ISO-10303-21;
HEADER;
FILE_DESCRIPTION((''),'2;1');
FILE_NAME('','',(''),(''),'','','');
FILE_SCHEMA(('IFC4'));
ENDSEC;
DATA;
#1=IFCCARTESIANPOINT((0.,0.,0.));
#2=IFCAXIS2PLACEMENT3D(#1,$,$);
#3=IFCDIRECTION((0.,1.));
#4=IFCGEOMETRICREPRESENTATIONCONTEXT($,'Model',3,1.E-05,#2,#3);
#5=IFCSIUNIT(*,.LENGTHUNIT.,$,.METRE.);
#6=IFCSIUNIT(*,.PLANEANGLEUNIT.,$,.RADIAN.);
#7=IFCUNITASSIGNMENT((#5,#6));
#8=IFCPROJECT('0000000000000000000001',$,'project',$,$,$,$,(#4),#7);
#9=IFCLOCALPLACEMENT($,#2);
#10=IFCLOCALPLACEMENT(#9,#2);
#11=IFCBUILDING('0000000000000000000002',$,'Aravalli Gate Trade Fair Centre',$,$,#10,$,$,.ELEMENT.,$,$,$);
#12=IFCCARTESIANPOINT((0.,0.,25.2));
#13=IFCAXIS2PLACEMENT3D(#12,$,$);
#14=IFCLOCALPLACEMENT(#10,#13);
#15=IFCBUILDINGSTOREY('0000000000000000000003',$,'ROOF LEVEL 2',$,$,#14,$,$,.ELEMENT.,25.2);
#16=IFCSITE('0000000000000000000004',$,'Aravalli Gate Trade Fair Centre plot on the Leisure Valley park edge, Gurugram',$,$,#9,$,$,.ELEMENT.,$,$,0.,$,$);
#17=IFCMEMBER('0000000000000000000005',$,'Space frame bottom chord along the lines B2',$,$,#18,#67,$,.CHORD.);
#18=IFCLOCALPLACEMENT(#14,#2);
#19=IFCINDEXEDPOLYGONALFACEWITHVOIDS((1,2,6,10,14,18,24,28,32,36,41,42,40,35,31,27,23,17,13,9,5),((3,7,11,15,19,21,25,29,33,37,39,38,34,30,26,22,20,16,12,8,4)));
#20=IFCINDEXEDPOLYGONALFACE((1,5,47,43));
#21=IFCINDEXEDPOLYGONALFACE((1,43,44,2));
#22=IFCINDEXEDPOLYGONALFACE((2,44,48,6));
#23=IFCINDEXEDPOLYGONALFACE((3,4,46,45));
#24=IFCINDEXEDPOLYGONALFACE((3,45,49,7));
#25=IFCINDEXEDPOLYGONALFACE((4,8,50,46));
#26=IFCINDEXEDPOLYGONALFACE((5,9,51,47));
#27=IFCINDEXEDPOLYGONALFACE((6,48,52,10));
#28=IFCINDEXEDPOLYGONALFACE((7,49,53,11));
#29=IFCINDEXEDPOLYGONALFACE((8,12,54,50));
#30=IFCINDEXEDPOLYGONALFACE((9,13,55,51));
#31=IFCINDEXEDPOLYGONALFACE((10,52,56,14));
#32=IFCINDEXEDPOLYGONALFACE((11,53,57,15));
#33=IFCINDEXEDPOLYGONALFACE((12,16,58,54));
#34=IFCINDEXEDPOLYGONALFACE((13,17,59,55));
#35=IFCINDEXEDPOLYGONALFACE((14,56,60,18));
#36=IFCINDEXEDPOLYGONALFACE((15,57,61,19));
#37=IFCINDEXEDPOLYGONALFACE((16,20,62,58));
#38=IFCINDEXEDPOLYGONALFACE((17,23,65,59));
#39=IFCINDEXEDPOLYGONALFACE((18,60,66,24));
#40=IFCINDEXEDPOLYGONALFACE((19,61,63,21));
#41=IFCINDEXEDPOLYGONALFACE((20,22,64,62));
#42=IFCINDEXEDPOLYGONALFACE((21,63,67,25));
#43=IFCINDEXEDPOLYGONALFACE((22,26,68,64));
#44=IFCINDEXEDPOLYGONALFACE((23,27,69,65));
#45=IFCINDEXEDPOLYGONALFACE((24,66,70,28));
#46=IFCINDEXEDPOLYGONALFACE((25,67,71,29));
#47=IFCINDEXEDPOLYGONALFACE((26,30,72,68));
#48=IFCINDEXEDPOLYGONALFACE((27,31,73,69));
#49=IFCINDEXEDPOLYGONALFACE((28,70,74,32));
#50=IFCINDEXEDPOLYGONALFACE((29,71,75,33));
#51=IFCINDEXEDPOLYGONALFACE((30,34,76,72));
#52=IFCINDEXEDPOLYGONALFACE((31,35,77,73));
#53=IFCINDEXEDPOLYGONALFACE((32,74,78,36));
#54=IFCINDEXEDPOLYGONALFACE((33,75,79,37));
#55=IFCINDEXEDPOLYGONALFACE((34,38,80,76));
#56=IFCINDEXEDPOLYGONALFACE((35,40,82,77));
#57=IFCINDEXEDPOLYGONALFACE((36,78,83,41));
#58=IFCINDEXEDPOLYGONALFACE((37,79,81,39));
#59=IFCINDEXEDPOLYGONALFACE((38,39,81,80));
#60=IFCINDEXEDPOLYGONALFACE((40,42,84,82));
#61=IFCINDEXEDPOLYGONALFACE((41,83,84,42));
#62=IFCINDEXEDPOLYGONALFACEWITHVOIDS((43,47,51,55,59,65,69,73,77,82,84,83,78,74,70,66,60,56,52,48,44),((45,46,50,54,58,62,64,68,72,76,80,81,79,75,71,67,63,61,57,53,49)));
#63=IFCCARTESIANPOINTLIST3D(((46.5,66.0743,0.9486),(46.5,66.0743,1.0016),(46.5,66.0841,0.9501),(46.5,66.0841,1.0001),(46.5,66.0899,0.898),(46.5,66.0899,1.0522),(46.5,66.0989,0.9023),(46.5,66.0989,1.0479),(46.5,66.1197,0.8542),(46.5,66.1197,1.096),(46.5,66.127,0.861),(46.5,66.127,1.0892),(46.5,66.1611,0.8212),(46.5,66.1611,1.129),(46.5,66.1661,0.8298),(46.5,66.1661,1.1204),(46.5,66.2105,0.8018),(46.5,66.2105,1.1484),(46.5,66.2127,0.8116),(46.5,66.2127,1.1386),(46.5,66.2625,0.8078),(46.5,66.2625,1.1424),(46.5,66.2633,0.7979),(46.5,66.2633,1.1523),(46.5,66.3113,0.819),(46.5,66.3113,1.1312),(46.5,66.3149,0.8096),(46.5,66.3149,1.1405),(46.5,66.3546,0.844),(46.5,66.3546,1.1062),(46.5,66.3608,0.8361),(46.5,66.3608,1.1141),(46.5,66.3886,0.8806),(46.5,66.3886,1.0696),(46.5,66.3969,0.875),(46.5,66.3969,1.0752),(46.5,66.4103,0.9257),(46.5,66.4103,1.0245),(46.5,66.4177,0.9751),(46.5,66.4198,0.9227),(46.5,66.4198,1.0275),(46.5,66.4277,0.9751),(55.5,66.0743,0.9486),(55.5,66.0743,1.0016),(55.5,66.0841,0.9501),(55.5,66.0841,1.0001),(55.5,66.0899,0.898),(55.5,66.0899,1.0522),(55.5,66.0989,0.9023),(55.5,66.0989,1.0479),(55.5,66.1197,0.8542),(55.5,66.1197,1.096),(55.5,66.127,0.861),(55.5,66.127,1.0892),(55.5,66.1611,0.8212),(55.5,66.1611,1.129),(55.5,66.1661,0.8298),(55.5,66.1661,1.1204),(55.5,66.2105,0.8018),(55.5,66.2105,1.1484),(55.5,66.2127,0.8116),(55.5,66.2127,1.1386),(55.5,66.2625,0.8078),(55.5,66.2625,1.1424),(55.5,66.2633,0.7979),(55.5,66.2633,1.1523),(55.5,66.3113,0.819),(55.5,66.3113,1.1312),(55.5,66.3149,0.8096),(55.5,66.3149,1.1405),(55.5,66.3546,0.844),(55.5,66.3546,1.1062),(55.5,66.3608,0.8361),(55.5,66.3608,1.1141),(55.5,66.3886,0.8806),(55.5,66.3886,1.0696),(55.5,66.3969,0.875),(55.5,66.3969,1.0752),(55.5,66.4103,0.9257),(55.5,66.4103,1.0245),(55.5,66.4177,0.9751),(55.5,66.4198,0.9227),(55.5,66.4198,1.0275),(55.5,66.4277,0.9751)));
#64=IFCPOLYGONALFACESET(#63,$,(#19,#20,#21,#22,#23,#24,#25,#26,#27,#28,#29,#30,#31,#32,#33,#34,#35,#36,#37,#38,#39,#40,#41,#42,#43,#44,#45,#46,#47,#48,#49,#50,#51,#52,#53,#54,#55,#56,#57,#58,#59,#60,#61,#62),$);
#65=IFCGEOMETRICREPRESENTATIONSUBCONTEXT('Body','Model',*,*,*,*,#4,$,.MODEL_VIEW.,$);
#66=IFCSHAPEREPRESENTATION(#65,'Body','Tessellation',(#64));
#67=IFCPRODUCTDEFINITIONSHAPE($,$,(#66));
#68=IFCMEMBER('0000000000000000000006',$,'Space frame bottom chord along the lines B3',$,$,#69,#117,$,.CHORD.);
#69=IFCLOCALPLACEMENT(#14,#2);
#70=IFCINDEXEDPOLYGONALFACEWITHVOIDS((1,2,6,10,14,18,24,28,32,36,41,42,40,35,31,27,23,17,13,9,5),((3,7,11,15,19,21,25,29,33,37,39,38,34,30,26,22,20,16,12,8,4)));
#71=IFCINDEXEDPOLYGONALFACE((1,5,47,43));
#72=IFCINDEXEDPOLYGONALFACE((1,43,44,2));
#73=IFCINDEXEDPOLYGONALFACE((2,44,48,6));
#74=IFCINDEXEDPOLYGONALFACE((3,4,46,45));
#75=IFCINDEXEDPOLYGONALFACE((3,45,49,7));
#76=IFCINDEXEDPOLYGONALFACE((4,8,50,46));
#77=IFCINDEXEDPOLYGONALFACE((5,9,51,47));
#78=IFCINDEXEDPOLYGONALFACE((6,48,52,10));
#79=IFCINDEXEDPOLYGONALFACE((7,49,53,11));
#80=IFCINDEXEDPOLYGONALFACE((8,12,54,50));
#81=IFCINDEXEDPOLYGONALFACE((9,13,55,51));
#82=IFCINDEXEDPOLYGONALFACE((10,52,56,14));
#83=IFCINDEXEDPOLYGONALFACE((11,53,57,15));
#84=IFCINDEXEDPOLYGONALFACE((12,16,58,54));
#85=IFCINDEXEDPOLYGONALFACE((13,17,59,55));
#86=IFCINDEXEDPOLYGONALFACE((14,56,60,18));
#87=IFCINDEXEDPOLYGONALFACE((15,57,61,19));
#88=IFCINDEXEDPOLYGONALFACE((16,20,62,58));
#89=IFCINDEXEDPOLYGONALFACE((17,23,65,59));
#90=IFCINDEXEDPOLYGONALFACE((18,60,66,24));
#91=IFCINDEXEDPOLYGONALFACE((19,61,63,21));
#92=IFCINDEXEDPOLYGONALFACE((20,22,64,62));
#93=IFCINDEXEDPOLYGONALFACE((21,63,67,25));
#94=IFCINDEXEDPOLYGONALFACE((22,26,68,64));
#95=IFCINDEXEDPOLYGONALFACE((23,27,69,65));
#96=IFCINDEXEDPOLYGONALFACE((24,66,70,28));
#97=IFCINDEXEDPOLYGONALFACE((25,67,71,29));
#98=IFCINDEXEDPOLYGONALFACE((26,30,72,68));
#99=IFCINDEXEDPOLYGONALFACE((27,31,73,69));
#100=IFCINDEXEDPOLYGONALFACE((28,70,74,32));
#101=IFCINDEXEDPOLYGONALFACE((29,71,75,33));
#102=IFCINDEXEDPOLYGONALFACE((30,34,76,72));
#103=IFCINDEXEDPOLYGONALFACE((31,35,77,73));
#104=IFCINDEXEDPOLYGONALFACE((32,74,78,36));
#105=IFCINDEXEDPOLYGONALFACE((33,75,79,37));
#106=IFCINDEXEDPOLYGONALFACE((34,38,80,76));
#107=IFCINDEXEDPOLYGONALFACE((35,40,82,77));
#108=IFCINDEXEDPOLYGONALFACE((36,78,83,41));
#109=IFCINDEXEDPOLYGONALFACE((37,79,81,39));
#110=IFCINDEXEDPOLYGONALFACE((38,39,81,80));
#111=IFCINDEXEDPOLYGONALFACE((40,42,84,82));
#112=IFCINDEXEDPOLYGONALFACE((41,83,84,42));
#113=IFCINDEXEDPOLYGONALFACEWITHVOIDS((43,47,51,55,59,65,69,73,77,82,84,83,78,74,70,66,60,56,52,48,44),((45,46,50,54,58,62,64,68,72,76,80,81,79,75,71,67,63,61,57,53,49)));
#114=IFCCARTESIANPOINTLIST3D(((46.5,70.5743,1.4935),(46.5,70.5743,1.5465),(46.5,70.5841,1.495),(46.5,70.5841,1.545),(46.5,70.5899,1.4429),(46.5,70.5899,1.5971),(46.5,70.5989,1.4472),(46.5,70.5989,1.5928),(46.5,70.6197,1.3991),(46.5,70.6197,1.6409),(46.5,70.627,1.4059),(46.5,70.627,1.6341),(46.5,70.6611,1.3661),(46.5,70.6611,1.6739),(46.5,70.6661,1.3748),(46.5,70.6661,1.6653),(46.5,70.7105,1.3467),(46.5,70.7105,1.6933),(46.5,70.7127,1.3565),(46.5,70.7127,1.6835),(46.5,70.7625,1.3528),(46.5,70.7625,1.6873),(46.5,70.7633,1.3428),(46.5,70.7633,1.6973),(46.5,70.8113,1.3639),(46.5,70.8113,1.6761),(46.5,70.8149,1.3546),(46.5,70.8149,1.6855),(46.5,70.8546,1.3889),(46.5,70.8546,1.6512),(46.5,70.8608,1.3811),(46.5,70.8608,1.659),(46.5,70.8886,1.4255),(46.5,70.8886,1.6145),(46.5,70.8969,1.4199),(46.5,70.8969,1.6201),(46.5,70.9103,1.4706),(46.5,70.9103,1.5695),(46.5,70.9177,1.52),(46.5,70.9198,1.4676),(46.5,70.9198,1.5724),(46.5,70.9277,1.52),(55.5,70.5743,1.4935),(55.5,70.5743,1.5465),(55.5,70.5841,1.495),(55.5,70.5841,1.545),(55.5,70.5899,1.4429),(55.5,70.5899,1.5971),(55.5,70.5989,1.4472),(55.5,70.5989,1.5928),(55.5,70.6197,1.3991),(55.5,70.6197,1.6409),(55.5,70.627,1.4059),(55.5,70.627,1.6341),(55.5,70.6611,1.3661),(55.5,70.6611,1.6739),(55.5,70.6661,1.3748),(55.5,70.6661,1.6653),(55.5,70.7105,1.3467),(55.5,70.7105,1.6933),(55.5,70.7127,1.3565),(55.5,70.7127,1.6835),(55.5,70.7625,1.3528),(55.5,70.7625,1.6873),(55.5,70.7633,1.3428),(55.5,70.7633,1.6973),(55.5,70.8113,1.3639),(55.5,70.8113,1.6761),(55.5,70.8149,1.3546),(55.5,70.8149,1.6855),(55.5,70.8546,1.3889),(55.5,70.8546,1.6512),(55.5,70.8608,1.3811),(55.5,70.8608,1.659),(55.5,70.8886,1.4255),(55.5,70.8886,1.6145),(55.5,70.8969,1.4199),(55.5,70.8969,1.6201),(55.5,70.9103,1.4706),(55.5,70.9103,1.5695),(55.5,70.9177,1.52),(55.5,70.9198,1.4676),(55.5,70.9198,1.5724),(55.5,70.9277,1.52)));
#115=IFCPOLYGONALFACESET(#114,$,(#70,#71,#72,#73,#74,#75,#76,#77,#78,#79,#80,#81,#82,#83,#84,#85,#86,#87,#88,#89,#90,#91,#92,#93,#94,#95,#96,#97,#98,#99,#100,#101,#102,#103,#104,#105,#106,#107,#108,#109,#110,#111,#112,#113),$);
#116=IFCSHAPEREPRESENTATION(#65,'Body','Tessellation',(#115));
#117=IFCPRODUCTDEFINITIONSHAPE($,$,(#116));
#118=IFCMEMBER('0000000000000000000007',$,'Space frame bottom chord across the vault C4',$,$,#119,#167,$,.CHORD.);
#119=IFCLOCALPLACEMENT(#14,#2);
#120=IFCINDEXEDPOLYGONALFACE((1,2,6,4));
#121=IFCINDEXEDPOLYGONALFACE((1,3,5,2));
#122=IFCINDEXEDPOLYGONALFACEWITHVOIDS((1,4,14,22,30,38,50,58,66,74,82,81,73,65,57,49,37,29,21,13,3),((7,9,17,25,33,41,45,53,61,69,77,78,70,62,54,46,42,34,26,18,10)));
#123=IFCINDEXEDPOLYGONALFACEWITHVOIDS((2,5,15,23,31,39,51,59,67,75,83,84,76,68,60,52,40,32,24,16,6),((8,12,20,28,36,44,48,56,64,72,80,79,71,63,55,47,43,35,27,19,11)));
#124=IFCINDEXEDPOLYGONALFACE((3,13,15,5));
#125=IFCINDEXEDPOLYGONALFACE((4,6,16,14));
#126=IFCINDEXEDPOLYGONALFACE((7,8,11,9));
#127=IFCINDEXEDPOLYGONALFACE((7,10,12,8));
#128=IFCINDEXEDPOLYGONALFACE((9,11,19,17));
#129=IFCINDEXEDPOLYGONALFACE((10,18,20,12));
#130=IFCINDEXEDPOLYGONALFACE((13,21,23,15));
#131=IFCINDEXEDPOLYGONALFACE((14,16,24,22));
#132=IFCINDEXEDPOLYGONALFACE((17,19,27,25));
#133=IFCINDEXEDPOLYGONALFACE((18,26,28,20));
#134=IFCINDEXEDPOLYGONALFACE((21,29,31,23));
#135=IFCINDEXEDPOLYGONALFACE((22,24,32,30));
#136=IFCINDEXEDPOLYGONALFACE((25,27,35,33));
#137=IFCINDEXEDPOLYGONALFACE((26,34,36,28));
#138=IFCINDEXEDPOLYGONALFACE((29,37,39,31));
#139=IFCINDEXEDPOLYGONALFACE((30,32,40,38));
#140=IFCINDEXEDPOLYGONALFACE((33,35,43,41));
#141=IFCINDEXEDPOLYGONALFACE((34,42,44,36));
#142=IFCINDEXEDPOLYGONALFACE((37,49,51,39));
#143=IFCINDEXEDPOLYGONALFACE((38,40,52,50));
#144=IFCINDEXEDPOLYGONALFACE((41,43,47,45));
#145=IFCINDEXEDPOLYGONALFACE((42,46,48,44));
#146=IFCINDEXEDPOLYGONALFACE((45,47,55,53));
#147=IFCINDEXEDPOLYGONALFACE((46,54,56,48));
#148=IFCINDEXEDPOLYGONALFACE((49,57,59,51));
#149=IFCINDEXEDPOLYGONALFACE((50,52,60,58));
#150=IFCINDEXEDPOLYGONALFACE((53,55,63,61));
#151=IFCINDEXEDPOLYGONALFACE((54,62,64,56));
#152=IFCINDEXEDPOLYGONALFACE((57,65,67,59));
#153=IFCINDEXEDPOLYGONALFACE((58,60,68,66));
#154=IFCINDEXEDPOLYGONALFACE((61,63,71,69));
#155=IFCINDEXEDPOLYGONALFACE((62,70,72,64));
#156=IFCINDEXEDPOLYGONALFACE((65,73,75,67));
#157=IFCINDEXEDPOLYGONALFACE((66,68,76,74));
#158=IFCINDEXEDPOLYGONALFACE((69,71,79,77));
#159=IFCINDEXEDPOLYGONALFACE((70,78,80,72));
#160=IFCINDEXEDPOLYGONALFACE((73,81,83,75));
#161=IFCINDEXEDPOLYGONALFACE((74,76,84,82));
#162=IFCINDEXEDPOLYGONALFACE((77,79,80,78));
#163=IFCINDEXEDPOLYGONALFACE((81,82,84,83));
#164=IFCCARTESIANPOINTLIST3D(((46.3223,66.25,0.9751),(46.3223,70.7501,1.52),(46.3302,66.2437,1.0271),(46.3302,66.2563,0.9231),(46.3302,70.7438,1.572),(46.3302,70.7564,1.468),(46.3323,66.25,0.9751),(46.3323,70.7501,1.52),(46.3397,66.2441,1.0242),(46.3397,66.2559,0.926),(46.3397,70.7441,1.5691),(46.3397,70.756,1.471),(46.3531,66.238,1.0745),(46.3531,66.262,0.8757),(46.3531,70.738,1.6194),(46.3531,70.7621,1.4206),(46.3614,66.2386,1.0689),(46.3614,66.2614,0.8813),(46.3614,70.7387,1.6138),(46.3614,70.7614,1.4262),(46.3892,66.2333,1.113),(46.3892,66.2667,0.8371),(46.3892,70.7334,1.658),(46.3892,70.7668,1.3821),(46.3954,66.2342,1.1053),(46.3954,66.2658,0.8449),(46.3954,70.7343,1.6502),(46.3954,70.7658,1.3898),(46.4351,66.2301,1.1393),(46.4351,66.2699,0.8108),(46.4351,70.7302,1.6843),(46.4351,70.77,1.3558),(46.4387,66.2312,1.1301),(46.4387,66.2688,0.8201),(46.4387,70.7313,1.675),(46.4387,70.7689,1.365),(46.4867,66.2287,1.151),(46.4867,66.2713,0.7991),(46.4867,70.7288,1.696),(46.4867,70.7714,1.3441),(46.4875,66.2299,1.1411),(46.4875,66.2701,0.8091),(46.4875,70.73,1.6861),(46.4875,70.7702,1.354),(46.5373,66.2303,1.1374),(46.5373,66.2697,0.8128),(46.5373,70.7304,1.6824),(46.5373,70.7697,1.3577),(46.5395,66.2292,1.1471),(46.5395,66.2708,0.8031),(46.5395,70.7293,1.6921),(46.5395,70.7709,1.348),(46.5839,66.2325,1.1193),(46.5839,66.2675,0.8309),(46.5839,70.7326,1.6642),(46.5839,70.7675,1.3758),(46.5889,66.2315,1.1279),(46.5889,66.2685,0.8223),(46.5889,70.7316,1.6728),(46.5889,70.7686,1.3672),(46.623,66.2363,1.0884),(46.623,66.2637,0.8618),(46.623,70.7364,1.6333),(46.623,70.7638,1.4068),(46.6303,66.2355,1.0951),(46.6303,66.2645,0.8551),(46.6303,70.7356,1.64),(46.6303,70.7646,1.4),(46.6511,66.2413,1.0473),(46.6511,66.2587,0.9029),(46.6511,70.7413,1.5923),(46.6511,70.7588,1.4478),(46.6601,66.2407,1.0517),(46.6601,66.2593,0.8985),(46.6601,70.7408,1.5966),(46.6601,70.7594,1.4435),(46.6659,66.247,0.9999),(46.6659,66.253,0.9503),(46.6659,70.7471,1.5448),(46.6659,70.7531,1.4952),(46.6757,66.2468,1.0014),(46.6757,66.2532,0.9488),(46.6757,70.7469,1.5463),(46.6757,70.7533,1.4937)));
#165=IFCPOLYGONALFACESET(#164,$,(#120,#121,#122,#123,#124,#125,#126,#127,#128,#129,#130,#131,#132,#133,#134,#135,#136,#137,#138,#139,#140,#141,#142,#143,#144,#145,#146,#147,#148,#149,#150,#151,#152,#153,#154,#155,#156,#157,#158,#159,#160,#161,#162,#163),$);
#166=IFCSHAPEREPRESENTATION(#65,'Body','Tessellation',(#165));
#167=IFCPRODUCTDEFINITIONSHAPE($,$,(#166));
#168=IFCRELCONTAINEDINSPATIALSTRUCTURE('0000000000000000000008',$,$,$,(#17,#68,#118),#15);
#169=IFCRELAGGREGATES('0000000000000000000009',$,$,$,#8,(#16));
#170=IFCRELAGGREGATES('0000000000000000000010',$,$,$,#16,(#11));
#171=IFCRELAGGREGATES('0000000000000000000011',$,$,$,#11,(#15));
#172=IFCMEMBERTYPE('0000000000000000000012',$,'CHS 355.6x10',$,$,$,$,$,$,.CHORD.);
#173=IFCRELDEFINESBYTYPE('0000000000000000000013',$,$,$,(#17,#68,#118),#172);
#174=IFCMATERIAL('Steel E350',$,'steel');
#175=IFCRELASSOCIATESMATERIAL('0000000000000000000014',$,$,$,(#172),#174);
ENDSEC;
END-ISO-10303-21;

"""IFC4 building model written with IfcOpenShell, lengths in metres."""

from ifc_helpers import new_model, si_unit, direction, frame, origin, origin_2d, place, context, subcontext, project, spatial, hollow_circle, extrude, material, material_profile, profile_set, type_object, element, save


model = new_model("IFC4")

# Units and contexts
model_context = context("Model", 3, precision=1e-05, world=origin(), true_north=direction((0.0, 1.0)))
body_context = subcontext(model_context, "Body", "Model", "MODEL_VIEW")
ifc_project = project(units=[si_unit("LENGTHUNIT", "METRE"), si_unit("PLANEANGLEUNIT", "RADIAN")], contexts=[model_context])

# Site, building, storey
site_placement = place(None, origin())
site = spatial("IfcSite", under=ifc_project, at=site_placement, Name="Aravalli Gate Trade Fair Centre plot on the Leisure Valley park edge, Gurugram", CompositionType="ELEMENT", RefElevation=0.0)
building_placement = place(site_placement, origin())
building = spatial("IfcBuilding", under=site, at=building_placement, Name="Aravalli Gate Trade Fair Centre", CompositionType="ELEMENT")
storey_placement = place(building_placement, frame((0.0, 0.0, 25.2)))
storey = spatial("IfcBuildingStorey", under=building, at=storey_placement, Name="ROOF LEVEL 2", CompositionType="ELEMENT", Elevation=25.2)

# Members
ifc_material_1 = material(Name="Steel E350", Category="steel")
ifc_material_profile_1 = material_profile(ifc_material_1, hollow_circle(Radius=0.1777, WallThickness=0.01, at=origin_2d()), Name="CHS 355.6x10")
ifc_profile_set_1 = profile_set([ifc_material_profile_1], Name="Steel E350")
member_type_1 = type_object("IfcMemberType", Name="CHS 355.6x10", PredefinedType="CHORD", material=ifc_profile_set_1)
for number, where, z_axis, x_axis, name in (
    (1, (46.5, 66.25, 0.9751), (1.0, 0.0, 0.0), (0.0, 1.0, 0.0), "Space frame bottom chord along the lines B2"),
    (2, (46.5, 70.75, 1.52), (1.0, 0.0, 0.0), (0.0, 1.0, 0.0), "Space frame bottom chord along the lines B3"),
):
    element("IfcMember", number, at=place(storey_placement, frame(where, z_axis=z_axis, x_axis=x_axis)), inside=storey, type_object=member_type_1, Name=name, PredefinedType="CHORD", context=body_context, shape_type="SweptSolid", body=[
        extrude(hollow_circle(Radius=0.1777, WallThickness=0.01, at=origin_2d()), origin(), (0.0, 0.0, 1.0), 9.0),
    ])
member_1_placement = place(storey_placement, frame((46.5, 66.25, 0.9751), z_axis=(0.0, 0.992748, 0.120216), x_axis=(-1.0, 0.0, 0.0)))
element("IfcMember", 3, at=member_1_placement, inside=storey, type_object=member_type_1, Name="Space frame bottom chord across the vault C4", PredefinedType="CHORD", context=body_context, shape_type="SweptSolid", body=[
    extrude(hollow_circle(Radius=0.1777, WallThickness=0.01, at=origin_2d()), origin(), (0.0, 0.0, 1.0), 4.533),
])

save(model, "model.ifc")
